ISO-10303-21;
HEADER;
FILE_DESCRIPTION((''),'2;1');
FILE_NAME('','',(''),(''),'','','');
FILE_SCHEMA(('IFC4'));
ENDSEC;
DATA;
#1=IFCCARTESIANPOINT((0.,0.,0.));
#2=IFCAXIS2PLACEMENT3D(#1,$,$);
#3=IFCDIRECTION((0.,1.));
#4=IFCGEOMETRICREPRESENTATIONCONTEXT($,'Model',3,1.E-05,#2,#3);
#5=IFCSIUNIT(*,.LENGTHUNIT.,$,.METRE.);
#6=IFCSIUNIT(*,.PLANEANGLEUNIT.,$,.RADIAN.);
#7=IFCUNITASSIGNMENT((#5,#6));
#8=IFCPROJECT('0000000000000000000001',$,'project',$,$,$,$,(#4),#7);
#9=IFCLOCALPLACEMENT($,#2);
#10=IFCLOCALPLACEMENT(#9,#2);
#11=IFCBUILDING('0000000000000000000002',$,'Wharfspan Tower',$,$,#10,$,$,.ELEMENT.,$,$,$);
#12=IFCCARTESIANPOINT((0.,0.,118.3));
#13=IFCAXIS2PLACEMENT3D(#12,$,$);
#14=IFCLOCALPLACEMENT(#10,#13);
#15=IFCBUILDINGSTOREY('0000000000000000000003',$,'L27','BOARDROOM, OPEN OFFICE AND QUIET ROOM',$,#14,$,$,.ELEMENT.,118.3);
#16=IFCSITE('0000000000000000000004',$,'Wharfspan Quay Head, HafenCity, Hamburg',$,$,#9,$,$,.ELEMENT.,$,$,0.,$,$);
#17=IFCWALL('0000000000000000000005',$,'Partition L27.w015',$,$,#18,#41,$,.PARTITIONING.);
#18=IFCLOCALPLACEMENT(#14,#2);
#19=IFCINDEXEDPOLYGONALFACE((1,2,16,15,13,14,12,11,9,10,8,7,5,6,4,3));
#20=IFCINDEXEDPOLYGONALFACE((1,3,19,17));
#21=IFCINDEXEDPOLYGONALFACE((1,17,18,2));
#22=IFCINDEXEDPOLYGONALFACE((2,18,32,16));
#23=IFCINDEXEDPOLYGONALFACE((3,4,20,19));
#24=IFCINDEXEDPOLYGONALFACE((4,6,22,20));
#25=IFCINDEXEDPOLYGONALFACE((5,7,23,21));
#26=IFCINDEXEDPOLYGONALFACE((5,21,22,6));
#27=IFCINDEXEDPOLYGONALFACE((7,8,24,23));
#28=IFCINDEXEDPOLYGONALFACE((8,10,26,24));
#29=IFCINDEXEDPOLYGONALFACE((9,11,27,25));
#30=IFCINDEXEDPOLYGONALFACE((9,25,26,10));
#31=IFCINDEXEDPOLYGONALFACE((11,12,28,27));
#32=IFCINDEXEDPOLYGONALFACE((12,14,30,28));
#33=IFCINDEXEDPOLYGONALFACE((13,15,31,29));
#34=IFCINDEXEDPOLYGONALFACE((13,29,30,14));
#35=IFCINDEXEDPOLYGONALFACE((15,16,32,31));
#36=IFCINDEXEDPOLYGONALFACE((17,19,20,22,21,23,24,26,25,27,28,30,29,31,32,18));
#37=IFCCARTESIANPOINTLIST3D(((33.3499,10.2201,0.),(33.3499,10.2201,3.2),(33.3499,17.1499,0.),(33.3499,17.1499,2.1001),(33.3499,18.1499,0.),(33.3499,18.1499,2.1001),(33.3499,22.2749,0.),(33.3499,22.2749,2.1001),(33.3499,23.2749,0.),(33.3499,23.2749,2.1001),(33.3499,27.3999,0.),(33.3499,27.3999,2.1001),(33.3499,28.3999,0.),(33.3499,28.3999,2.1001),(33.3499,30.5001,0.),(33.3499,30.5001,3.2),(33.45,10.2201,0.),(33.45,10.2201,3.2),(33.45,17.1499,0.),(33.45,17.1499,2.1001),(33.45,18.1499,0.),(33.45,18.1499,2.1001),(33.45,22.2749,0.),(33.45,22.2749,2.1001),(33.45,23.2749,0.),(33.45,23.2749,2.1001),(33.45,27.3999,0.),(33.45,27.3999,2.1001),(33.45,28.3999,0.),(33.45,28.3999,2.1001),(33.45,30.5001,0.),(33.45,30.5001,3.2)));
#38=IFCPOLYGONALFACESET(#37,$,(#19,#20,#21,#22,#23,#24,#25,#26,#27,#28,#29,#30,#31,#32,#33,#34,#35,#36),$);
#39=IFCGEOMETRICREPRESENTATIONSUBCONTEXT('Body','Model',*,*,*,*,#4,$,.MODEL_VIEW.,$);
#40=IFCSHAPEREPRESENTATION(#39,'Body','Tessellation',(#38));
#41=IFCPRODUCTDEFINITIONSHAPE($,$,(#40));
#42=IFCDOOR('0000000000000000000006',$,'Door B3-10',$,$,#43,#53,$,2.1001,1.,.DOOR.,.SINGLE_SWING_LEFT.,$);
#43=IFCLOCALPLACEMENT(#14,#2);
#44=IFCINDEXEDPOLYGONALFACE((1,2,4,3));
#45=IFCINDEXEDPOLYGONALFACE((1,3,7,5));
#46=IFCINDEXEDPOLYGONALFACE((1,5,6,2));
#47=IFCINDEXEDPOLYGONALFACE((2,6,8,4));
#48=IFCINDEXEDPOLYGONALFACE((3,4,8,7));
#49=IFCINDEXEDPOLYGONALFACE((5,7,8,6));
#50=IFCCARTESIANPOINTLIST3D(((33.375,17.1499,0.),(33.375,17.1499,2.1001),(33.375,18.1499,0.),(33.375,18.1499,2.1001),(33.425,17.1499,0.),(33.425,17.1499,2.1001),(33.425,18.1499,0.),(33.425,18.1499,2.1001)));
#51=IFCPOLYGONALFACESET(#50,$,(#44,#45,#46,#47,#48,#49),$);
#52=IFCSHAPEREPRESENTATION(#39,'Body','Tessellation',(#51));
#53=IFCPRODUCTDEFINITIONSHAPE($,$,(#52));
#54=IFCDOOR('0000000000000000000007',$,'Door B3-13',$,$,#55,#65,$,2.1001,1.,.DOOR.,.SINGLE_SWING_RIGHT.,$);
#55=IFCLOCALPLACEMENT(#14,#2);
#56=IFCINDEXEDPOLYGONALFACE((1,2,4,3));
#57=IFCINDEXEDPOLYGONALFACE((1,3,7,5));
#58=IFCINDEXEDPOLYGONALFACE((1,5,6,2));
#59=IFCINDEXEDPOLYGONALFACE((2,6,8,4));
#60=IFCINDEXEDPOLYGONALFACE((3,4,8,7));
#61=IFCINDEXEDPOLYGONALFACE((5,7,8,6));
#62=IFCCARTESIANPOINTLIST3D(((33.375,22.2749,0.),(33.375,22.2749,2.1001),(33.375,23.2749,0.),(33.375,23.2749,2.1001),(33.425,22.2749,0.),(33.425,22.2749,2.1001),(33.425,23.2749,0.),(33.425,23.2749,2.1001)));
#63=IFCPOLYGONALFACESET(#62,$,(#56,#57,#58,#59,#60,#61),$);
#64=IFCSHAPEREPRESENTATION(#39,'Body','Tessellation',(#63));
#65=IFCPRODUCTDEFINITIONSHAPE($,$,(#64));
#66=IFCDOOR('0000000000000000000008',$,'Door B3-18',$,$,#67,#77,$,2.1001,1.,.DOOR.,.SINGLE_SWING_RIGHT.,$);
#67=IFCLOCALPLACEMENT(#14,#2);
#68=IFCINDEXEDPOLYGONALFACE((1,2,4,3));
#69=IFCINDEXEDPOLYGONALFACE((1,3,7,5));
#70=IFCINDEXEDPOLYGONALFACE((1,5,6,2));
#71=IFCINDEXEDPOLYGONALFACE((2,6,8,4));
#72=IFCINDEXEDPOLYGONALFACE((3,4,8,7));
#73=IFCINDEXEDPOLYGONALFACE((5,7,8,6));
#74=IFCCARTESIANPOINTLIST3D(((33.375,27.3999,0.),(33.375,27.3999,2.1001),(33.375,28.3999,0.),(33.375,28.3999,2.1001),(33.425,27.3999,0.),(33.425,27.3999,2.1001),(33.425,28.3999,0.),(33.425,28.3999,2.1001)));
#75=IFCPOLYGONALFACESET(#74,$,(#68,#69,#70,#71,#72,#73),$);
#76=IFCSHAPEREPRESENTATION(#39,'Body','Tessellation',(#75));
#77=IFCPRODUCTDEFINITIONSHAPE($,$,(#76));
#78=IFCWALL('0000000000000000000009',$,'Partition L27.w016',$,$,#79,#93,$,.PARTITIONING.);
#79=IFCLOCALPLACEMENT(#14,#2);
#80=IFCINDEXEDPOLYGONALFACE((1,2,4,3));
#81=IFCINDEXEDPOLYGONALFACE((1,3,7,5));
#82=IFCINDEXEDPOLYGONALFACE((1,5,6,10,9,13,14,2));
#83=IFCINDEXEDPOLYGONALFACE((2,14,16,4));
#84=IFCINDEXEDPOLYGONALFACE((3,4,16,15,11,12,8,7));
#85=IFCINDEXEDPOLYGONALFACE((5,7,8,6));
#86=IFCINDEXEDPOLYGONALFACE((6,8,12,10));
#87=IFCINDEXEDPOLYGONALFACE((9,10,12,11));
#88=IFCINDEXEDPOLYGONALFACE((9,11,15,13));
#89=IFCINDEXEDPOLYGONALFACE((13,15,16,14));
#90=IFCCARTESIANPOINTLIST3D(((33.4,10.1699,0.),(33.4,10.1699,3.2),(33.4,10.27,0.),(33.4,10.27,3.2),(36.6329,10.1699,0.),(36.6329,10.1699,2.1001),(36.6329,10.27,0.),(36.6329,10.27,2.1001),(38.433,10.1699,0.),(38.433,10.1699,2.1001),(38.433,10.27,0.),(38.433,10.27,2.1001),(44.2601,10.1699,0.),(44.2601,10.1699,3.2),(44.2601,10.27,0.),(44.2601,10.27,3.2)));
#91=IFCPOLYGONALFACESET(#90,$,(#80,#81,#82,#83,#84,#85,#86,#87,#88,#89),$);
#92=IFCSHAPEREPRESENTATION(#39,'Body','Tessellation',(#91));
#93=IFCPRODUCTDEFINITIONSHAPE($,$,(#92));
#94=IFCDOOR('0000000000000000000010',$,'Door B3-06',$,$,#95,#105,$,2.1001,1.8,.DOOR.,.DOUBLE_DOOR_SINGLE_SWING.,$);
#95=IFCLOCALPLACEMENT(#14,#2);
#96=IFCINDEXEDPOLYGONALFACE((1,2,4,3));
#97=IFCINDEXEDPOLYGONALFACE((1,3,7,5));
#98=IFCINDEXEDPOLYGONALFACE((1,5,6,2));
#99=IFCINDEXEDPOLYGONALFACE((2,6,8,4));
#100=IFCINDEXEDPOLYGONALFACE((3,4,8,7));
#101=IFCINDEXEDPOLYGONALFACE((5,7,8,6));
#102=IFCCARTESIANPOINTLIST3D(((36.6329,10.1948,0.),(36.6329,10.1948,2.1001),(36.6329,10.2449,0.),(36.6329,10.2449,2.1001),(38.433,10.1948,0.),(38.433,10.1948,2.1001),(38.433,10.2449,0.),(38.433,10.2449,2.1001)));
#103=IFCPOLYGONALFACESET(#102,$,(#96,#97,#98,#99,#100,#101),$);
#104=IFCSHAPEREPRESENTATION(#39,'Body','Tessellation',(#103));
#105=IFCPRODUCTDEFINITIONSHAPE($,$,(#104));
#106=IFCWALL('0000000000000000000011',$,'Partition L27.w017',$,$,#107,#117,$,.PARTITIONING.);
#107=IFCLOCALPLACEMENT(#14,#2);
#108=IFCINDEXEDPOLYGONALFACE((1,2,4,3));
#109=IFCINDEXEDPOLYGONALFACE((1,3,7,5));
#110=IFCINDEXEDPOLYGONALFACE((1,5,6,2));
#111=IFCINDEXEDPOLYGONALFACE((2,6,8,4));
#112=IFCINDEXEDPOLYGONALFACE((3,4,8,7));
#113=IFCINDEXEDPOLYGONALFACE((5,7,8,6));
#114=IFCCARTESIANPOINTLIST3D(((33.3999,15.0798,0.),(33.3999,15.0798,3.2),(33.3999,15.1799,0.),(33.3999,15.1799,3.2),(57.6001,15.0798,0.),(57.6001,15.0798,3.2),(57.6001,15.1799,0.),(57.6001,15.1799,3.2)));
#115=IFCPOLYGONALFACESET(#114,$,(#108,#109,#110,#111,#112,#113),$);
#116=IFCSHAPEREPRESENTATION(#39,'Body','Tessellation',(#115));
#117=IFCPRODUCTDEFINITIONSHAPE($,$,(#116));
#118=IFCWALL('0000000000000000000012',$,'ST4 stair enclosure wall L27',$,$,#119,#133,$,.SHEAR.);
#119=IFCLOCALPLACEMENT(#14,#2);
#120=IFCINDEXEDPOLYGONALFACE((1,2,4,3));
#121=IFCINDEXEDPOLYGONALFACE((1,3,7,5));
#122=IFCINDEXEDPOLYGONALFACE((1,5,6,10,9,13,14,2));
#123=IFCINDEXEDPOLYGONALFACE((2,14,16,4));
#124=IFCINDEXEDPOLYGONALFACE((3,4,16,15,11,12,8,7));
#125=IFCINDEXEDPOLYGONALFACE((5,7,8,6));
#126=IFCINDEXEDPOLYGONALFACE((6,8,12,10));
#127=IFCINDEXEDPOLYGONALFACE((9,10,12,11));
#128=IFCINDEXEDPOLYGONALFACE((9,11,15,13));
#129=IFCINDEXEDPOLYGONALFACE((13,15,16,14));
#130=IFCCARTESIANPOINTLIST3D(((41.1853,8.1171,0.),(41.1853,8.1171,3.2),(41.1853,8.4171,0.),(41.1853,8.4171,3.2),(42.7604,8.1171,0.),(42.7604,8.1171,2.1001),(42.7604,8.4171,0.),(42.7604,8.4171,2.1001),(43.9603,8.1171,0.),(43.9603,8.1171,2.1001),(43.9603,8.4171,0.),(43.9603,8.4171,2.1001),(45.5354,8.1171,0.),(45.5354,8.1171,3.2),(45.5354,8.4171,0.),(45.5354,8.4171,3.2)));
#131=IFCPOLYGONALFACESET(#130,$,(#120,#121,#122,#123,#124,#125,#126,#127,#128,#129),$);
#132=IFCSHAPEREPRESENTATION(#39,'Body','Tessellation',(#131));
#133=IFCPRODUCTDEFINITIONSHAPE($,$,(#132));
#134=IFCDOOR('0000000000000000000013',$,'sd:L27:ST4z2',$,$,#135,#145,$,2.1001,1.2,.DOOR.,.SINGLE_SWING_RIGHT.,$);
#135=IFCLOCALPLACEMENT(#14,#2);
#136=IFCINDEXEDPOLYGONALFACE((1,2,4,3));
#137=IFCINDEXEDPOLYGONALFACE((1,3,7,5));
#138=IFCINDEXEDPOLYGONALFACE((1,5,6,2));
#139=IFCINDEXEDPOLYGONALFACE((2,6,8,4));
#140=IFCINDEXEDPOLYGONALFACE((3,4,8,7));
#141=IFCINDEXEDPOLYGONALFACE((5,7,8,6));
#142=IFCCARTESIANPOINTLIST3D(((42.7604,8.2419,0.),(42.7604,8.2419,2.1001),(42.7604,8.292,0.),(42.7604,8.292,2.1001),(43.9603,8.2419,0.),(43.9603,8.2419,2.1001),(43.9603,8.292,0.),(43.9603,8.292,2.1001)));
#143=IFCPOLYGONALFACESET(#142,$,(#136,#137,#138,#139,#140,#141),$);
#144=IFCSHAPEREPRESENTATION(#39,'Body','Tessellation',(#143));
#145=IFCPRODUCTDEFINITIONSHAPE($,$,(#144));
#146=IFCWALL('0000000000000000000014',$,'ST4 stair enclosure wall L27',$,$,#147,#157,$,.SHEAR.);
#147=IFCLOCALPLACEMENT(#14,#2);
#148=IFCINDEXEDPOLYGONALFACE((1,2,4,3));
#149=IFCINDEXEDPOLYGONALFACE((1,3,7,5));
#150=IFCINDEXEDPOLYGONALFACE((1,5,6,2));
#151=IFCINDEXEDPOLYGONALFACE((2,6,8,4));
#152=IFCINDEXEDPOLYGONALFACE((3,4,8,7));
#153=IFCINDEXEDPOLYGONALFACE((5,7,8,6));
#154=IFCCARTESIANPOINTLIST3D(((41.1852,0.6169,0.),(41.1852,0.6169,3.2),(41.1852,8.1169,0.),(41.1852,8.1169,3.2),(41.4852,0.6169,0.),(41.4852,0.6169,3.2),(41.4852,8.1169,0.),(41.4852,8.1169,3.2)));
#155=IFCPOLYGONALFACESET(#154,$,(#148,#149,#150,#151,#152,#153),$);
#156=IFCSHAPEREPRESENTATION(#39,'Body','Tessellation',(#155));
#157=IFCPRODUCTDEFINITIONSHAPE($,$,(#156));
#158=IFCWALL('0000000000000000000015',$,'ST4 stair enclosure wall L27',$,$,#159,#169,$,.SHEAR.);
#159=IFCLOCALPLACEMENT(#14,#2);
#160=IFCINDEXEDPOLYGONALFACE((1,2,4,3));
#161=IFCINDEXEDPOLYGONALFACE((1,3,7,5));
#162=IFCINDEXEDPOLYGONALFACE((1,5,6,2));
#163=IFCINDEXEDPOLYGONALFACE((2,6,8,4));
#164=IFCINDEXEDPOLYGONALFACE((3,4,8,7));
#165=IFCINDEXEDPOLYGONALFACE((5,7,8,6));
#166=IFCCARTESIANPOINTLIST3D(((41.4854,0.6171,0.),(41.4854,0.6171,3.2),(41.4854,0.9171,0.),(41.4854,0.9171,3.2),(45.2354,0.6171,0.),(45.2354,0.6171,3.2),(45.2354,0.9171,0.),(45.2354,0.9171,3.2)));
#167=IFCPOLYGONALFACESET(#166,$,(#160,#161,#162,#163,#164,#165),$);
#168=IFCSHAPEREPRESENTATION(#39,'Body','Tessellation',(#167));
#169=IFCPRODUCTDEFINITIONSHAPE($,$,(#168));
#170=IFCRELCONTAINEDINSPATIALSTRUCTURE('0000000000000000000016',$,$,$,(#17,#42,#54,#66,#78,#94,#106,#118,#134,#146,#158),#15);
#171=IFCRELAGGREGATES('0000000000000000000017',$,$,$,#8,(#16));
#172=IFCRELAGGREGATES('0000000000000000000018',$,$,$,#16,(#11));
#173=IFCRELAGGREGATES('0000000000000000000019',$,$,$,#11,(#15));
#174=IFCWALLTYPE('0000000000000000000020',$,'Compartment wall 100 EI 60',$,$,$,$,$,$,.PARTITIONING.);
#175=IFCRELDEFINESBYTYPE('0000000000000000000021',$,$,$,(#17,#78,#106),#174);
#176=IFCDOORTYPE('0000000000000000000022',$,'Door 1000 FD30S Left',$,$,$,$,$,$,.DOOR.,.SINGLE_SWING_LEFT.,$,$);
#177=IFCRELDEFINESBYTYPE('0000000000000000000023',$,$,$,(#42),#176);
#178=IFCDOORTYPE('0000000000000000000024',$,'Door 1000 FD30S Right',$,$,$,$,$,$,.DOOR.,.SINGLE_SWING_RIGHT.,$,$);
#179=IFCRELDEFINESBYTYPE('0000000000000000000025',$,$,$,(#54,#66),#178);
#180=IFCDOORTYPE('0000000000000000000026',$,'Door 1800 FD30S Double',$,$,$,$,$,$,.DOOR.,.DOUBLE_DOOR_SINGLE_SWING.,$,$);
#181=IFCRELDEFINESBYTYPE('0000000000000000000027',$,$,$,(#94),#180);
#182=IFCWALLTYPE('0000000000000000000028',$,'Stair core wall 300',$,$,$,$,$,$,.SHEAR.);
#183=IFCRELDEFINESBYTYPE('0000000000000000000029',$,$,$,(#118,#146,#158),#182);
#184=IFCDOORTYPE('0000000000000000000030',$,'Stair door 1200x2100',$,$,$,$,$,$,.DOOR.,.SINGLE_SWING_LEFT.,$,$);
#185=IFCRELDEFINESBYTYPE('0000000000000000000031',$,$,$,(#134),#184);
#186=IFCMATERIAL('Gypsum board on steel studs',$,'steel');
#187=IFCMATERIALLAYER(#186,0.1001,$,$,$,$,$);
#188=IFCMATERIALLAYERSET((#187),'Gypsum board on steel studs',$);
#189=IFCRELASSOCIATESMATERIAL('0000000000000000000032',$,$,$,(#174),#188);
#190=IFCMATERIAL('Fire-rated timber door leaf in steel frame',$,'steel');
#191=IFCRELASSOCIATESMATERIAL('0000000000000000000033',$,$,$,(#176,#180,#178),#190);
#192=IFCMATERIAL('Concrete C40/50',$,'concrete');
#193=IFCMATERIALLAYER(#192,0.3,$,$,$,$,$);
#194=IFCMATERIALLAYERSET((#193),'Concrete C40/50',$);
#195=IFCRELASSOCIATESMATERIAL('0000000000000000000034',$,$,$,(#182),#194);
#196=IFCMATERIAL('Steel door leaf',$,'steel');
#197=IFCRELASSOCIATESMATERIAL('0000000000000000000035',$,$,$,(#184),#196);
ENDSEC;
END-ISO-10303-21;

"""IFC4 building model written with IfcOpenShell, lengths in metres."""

from ifc_helpers import new_model, si_unit, direction, frame, frame_2d, origin, place, context, subcontext, project, spatial, rectangle, extrude, material, layer, layer_set, type_object, element, fill, save


model = new_model("IFC4")

# Units and contexts
model_context = context("Model", 3, precision=1e-05, world=origin(), true_north=direction((0.0, 1.0)))
body_context = subcontext(model_context, "Body", "Model", "MODEL_VIEW")
ifc_project = project(units=[si_unit("LENGTHUNIT", "METRE"), si_unit("PLANEANGLEUNIT", "RADIAN")], contexts=[model_context])

# Site, building, storey
site_placement = place(None, origin())
site = spatial("IfcSite", under=ifc_project, at=site_placement, Name="Wharfspan Quay Head, HafenCity, Hamburg", CompositionType="ELEMENT", RefElevation=0.0)
building_placement = place(site_placement, origin())
building = spatial("IfcBuilding", under=site, at=building_placement, Name="Wharfspan Tower", CompositionType="ELEMENT")
storey_placement = place(building_placement, frame((0.0, 0.0, 118.3)))
storey = spatial("IfcBuildingStorey", under=building, at=storey_placement, Name="L27", Description="BOARDROOM, OPEN OFFICE AND QUIET ROOM", CompositionType="ELEMENT", Elevation=118.3)

# Shared definitions
ifc_material_1 = material(Name="Gypsum board on steel studs", Category="steel")
ifc_layer_1 = layer(ifc_material_1, 0.1001)
ifc_layer_set_1 = layer_set([ifc_layer_1], Name="Gypsum board on steel studs")
wall_type_1 = type_object("IfcWallType", Name="Compartment wall 100 EI 60", PredefinedType="PARTITIONING", material=ifc_layer_set_1)
ifc_material_2 = material(Name="Fire-rated timber door leaf in steel frame", Category="steel")
door_type_1 = type_object("IfcDoorType", Name="Door 1000 FD30S Left", OperationType="SINGLE_SWING_LEFT", PredefinedType="DOOR", material=ifc_material_2)
door_type_2 = type_object("IfcDoorType", Name="Door 1800 FD30S Double", OperationType="DOUBLE_DOOR_SINGLE_SWING", PredefinedType="DOOR", material=ifc_material_2)

# Wall, openings, doors
wall_1_placement = place(storey_placement, frame((33.3999, 10.22, 0.0), z_axis=(0.0, 0.0, 1.0), x_axis=(0.0, 1.0, 0.0)))
wall_1 = element("IfcWall", 1, at=wall_1_placement, inside=storey, type_object=wall_type_1, Name="Partition L27.w015", PredefinedType="PARTITIONING", context=body_context, shape_type="SweptSolid", body=[
    extrude(rectangle(XDim=20.28, YDim=0.1001, at=frame_2d((10.1401, 0.0))), origin(), (0.0, 0.0, 1.0), 3.2),
])
opening_1_placement = place(wall_1_placement, frame((6.9299, 0.0, 0.0)))
opening_1 = element("IfcOpeningElement", 2, at=opening_1_placement, cuts=wall_1, PredefinedType="OPENING", context=body_context, shape_type="SweptSolid", body=[
    extrude(rectangle(XDim=1.0, YDim=2.1001, at=frame_2d((0.5, 1.05))), frame((0.0, 0.0601, 0.0), z_axis=(0.0, -1.0, 0.0), x_axis=(1.0, 0.0, 0.0)), (0.0, 0.0, 1.0), 0.1201),
])
opening_2_placement = place(wall_1_placement, frame((12.0549, 0.0, 0.0)))
opening_2 = element("IfcOpeningElement", 3, at=opening_2_placement, cuts=wall_1, PredefinedType="OPENING", context=body_context, shape_type="SweptSolid", body=[
    extrude(rectangle(XDim=1.0, YDim=2.1001, at=frame_2d((0.5, 1.05))), frame((0.0, 0.0601, 0.0), z_axis=(0.0, -1.0, 0.0), x_axis=(1.0, 0.0, 0.0)), (0.0, 0.0, 1.0), 0.1201),
])
opening_3_placement = place(wall_1_placement, frame((17.1799, 0.0, 0.0)))
opening_3 = element("IfcOpeningElement", 4, at=opening_3_placement, cuts=wall_1, PredefinedType="OPENING", context=body_context, shape_type="SweptSolid", body=[
    extrude(rectangle(XDim=1.0, YDim=2.1001, at=frame_2d((0.5, 1.05))), frame((0.0, 0.0601, 0.0), z_axis=(0.0, -1.0, 0.0), x_axis=(1.0, 0.0, 0.0)), (0.0, 0.0, 1.0), 0.1201),
])
door_1_placement = place(opening_1_placement, origin())
door_1 = element("IfcDoor", 5, at=door_1_placement, inside=storey, type_object=door_type_1, Name="Door B3-10", OperationType="SINGLE_SWING_LEFT", OverallHeight=2.1001, OverallWidth=1.0, PredefinedType="DOOR", context=body_context, shape_type="SweptSolid", body=[
    extrude(rectangle(XDim=1.0, YDim=2.1001, at=frame_2d((0.5, 1.05))), frame((0.0, 0.0249, 0.0), z_axis=(0.0, -1.0, 0.0), x_axis=(1.0, 0.0, 0.0)), (0.0, 0.0, 1.0), 0.05),
])
fill(opening_1, door_1)
door_type_3 = type_object("IfcDoorType", Name="Door 1000 FD30S Right", OperationType="SINGLE_SWING_RIGHT", PredefinedType="DOOR", material=ifc_material_2)
door_2_placement = place(opening_2_placement, origin())
door_2 = element("IfcDoor", 6, at=door_2_placement, inside=storey, type_object=door_type_3, Name="Door B3-13", OperationType="SINGLE_SWING_RIGHT", OverallHeight=2.1001, OverallWidth=1.0, PredefinedType="DOOR", context=body_context, shape_type="SweptSolid", body=[
    extrude(rectangle(XDim=1.0, YDim=2.1001, at=frame_2d((0.5, 1.05))), frame((0.0, 0.0249, 0.0), z_axis=(0.0, -1.0, 0.0), x_axis=(1.0, 0.0, 0.0)), (0.0, 0.0, 1.0), 0.05),
])
fill(opening_2, door_2)
door_3_placement = place(opening_3_placement, origin())
door_3 = element("IfcDoor", 7, at=door_3_placement, inside=storey, type_object=door_type_3, Name="Door B3-18", OperationType="SINGLE_SWING_RIGHT", OverallHeight=2.1001, OverallWidth=1.0, PredefinedType="DOOR", context=body_context, shape_type="SweptSolid", body=[
    extrude(rectangle(XDim=1.0, YDim=2.1001, at=frame_2d((0.5, 1.05))), frame((0.0, 0.0249, 0.0), z_axis=(0.0, -1.0, 0.0), x_axis=(1.0, 0.0, 0.0)), (0.0, 0.0, 1.0), 0.05),
])
fill(opening_3, door_3)

# Wall, opening, door
wall_2_placement = place(storey_placement, frame((33.3999, 10.22, 0.0), z_axis=(0.0, 0.0, 1.0), x_axis=(1.0, 0.0, 0.0)))
wall_2 = element("IfcWall", 8, at=wall_2_placement, inside=storey, type_object=wall_type_1, Name="Partition L27.w016", PredefinedType="PARTITIONING", context=body_context, shape_type="SweptSolid", body=[
    extrude(rectangle(XDim=10.8601, YDim=0.1001, at=frame_2d((5.4302, 0.0))), origin(), (0.0, 0.0, 1.0), 3.2),
])
opening_4_placement = place(wall_2_placement, frame((3.2332, 0.0, 0.0)))
opening_4 = element("IfcOpeningElement", 9, at=opening_4_placement, cuts=wall_2, PredefinedType="OPENING", context=body_context, shape_type="SweptSolid", body=[
    extrude(rectangle(XDim=1.8, YDim=2.1001, at=frame_2d((0.8999, 1.05))), frame((0.0, 0.0601, 0.0), z_axis=(0.0, -1.0, 0.0), x_axis=(1.0, 0.0, 0.0)), (0.0, 0.0, 1.0), 0.1201),
])
door_4_placement = place(opening_4_placement, origin())
door_4 = element("IfcDoor", 10, at=door_4_placement, inside=storey, type_object=door_type_2, Name="Door B3-06", OperationType="DOUBLE_DOOR_SINGLE_SWING", OverallHeight=2.1001, OverallWidth=1.8, PredefinedType="DOOR", context=body_context, shape_type="SweptSolid", body=[
    extrude(rectangle(XDim=1.8, YDim=2.1001, at=frame_2d((0.8999, 1.05))), frame((0.0, 0.0249, 0.0), z_axis=(0.0, -1.0, 0.0), x_axis=(1.0, 0.0, 0.0)), (0.0, 0.0, 1.0), 0.05),
])
fill(opening_4, door_4)

# Wall
wall_3_placement = place(storey_placement, frame((33.3999, 15.1299, 0.0), z_axis=(0.0, 0.0, 1.0), x_axis=(1.0, 0.0, 0.0)))
element("IfcWall", 11, at=wall_3_placement, inside=storey, type_object=wall_type_1, Name="Partition L27.w017", PredefinedType="PARTITIONING", context=body_context, shape_type="SweptSolid", body=[
    extrude(rectangle(XDim=24.2002, YDim=0.1001, at=frame_2d((12.1001, 0.0))), origin(), (0.0, 0.0, 1.0), 3.2),
])

# Wall, opening, door
ifc_material_3 = material(Name="Concrete C40/50", Category="concrete")
ifc_layer_2 = layer(ifc_material_3, 0.3)
ifc_layer_set_2 = layer_set([ifc_layer_2], Name="Concrete C40/50")
wall_type_2 = type_object("IfcWallType", Name="Stair core wall 300", PredefinedType="SHEAR", material=ifc_layer_set_2)
wall_4_placement = place(storey_placement, frame((41.1853, 8.2671, 0.0), z_axis=(0.0, 0.0, 1.0), x_axis=(1.0, 0.0, 0.0)))
wall_4 = element("IfcWall", 12, at=wall_4_placement, inside=storey, type_object=wall_type_2, Name="ST4 stair enclosure wall L27", PredefinedType="SHEAR", context=body_context, shape_type="SweptSolid", body=[
    extrude(rectangle(XDim=4.3501, YDim=0.3, at=frame_2d((2.175, 0.0))), origin(), (0.0, 0.0, 1.0), 3.2),
])
opening_5_placement = place(wall_4_placement, frame((1.575, 0.0, 0.0)))
opening_5 = element("IfcOpeningElement", 13, at=opening_5_placement, cuts=wall_4, PredefinedType="OPENING", context=body_context, shape_type="SweptSolid", body=[
    extrude(rectangle(XDim=1.2, YDim=2.1001, at=frame_2d((0.6001, 1.05))), frame((0.0, 0.1599, 0.0), z_axis=(0.0, -1.0, 0.0), x_axis=(1.0, 0.0, 0.0)), (0.0, 0.0, 1.0), 0.3201),
])
ifc_material_4 = material(Name="Steel door leaf", Category="steel")
door_type_4 = type_object("IfcDoorType", Name="Stair door 1200x2100", OperationType="SINGLE_SWING_LEFT", PredefinedType="DOOR", material=ifc_material_4)
door_5_placement = place(opening_5_placement, origin())
door_5 = element("IfcDoor", 14, at=door_5_placement, inside=storey, type_object=door_type_4, Name="sd:L27:ST4z2", OperationType="SINGLE_SWING_RIGHT", OverallHeight=2.1001, OverallWidth=1.2, PredefinedType="DOOR", context=body_context, shape_type="SweptSolid", body=[
    extrude(rectangle(XDim=1.2, YDim=2.1001, at=frame_2d((0.6001, 1.05))), frame((0.0, 0.0249, 0.0), z_axis=(0.0, -1.0, 0.0), x_axis=(1.0, 0.0, 0.0)), (0.0, 0.0, 1.0), 0.05),
])
fill(opening_5, door_5)

# Walls
wall_5_placement = place(storey_placement, frame((41.3352, 0.6169, 0.0), z_axis=(0.0, 0.0, 1.0), x_axis=(0.0, 1.0, 0.0)))
element("IfcWall", 15, at=wall_5_placement, inside=storey, type_object=wall_type_2, Name="ST4 stair enclosure wall L27", PredefinedType="SHEAR", context=body_context, shape_type="SweptSolid", body=[
    extrude(rectangle(XDim=7.5, YDim=0.3, at=frame_2d((3.75, 0.0))), origin(), (0.0, 0.0, 1.0), 3.2),
])
wall_6_placement = place(storey_placement, frame((41.4854, 0.7671, 0.0), z_axis=(0.0, 0.0, 1.0), x_axis=(1.0, 0.0, 0.0)))
element("IfcWall", 16, at=wall_6_placement, inside=storey, type_object=wall_type_2, Name="ST4 stair enclosure wall L27", PredefinedType="SHEAR", context=body_context, shape_type="SweptSolid", body=[
    extrude(rectangle(XDim=3.75, YDim=0.3, at=frame_2d((1.875, 0.0))), origin(), (0.0, 0.0, 1.0), 3.2),
])

save(model, "model.ifc")
